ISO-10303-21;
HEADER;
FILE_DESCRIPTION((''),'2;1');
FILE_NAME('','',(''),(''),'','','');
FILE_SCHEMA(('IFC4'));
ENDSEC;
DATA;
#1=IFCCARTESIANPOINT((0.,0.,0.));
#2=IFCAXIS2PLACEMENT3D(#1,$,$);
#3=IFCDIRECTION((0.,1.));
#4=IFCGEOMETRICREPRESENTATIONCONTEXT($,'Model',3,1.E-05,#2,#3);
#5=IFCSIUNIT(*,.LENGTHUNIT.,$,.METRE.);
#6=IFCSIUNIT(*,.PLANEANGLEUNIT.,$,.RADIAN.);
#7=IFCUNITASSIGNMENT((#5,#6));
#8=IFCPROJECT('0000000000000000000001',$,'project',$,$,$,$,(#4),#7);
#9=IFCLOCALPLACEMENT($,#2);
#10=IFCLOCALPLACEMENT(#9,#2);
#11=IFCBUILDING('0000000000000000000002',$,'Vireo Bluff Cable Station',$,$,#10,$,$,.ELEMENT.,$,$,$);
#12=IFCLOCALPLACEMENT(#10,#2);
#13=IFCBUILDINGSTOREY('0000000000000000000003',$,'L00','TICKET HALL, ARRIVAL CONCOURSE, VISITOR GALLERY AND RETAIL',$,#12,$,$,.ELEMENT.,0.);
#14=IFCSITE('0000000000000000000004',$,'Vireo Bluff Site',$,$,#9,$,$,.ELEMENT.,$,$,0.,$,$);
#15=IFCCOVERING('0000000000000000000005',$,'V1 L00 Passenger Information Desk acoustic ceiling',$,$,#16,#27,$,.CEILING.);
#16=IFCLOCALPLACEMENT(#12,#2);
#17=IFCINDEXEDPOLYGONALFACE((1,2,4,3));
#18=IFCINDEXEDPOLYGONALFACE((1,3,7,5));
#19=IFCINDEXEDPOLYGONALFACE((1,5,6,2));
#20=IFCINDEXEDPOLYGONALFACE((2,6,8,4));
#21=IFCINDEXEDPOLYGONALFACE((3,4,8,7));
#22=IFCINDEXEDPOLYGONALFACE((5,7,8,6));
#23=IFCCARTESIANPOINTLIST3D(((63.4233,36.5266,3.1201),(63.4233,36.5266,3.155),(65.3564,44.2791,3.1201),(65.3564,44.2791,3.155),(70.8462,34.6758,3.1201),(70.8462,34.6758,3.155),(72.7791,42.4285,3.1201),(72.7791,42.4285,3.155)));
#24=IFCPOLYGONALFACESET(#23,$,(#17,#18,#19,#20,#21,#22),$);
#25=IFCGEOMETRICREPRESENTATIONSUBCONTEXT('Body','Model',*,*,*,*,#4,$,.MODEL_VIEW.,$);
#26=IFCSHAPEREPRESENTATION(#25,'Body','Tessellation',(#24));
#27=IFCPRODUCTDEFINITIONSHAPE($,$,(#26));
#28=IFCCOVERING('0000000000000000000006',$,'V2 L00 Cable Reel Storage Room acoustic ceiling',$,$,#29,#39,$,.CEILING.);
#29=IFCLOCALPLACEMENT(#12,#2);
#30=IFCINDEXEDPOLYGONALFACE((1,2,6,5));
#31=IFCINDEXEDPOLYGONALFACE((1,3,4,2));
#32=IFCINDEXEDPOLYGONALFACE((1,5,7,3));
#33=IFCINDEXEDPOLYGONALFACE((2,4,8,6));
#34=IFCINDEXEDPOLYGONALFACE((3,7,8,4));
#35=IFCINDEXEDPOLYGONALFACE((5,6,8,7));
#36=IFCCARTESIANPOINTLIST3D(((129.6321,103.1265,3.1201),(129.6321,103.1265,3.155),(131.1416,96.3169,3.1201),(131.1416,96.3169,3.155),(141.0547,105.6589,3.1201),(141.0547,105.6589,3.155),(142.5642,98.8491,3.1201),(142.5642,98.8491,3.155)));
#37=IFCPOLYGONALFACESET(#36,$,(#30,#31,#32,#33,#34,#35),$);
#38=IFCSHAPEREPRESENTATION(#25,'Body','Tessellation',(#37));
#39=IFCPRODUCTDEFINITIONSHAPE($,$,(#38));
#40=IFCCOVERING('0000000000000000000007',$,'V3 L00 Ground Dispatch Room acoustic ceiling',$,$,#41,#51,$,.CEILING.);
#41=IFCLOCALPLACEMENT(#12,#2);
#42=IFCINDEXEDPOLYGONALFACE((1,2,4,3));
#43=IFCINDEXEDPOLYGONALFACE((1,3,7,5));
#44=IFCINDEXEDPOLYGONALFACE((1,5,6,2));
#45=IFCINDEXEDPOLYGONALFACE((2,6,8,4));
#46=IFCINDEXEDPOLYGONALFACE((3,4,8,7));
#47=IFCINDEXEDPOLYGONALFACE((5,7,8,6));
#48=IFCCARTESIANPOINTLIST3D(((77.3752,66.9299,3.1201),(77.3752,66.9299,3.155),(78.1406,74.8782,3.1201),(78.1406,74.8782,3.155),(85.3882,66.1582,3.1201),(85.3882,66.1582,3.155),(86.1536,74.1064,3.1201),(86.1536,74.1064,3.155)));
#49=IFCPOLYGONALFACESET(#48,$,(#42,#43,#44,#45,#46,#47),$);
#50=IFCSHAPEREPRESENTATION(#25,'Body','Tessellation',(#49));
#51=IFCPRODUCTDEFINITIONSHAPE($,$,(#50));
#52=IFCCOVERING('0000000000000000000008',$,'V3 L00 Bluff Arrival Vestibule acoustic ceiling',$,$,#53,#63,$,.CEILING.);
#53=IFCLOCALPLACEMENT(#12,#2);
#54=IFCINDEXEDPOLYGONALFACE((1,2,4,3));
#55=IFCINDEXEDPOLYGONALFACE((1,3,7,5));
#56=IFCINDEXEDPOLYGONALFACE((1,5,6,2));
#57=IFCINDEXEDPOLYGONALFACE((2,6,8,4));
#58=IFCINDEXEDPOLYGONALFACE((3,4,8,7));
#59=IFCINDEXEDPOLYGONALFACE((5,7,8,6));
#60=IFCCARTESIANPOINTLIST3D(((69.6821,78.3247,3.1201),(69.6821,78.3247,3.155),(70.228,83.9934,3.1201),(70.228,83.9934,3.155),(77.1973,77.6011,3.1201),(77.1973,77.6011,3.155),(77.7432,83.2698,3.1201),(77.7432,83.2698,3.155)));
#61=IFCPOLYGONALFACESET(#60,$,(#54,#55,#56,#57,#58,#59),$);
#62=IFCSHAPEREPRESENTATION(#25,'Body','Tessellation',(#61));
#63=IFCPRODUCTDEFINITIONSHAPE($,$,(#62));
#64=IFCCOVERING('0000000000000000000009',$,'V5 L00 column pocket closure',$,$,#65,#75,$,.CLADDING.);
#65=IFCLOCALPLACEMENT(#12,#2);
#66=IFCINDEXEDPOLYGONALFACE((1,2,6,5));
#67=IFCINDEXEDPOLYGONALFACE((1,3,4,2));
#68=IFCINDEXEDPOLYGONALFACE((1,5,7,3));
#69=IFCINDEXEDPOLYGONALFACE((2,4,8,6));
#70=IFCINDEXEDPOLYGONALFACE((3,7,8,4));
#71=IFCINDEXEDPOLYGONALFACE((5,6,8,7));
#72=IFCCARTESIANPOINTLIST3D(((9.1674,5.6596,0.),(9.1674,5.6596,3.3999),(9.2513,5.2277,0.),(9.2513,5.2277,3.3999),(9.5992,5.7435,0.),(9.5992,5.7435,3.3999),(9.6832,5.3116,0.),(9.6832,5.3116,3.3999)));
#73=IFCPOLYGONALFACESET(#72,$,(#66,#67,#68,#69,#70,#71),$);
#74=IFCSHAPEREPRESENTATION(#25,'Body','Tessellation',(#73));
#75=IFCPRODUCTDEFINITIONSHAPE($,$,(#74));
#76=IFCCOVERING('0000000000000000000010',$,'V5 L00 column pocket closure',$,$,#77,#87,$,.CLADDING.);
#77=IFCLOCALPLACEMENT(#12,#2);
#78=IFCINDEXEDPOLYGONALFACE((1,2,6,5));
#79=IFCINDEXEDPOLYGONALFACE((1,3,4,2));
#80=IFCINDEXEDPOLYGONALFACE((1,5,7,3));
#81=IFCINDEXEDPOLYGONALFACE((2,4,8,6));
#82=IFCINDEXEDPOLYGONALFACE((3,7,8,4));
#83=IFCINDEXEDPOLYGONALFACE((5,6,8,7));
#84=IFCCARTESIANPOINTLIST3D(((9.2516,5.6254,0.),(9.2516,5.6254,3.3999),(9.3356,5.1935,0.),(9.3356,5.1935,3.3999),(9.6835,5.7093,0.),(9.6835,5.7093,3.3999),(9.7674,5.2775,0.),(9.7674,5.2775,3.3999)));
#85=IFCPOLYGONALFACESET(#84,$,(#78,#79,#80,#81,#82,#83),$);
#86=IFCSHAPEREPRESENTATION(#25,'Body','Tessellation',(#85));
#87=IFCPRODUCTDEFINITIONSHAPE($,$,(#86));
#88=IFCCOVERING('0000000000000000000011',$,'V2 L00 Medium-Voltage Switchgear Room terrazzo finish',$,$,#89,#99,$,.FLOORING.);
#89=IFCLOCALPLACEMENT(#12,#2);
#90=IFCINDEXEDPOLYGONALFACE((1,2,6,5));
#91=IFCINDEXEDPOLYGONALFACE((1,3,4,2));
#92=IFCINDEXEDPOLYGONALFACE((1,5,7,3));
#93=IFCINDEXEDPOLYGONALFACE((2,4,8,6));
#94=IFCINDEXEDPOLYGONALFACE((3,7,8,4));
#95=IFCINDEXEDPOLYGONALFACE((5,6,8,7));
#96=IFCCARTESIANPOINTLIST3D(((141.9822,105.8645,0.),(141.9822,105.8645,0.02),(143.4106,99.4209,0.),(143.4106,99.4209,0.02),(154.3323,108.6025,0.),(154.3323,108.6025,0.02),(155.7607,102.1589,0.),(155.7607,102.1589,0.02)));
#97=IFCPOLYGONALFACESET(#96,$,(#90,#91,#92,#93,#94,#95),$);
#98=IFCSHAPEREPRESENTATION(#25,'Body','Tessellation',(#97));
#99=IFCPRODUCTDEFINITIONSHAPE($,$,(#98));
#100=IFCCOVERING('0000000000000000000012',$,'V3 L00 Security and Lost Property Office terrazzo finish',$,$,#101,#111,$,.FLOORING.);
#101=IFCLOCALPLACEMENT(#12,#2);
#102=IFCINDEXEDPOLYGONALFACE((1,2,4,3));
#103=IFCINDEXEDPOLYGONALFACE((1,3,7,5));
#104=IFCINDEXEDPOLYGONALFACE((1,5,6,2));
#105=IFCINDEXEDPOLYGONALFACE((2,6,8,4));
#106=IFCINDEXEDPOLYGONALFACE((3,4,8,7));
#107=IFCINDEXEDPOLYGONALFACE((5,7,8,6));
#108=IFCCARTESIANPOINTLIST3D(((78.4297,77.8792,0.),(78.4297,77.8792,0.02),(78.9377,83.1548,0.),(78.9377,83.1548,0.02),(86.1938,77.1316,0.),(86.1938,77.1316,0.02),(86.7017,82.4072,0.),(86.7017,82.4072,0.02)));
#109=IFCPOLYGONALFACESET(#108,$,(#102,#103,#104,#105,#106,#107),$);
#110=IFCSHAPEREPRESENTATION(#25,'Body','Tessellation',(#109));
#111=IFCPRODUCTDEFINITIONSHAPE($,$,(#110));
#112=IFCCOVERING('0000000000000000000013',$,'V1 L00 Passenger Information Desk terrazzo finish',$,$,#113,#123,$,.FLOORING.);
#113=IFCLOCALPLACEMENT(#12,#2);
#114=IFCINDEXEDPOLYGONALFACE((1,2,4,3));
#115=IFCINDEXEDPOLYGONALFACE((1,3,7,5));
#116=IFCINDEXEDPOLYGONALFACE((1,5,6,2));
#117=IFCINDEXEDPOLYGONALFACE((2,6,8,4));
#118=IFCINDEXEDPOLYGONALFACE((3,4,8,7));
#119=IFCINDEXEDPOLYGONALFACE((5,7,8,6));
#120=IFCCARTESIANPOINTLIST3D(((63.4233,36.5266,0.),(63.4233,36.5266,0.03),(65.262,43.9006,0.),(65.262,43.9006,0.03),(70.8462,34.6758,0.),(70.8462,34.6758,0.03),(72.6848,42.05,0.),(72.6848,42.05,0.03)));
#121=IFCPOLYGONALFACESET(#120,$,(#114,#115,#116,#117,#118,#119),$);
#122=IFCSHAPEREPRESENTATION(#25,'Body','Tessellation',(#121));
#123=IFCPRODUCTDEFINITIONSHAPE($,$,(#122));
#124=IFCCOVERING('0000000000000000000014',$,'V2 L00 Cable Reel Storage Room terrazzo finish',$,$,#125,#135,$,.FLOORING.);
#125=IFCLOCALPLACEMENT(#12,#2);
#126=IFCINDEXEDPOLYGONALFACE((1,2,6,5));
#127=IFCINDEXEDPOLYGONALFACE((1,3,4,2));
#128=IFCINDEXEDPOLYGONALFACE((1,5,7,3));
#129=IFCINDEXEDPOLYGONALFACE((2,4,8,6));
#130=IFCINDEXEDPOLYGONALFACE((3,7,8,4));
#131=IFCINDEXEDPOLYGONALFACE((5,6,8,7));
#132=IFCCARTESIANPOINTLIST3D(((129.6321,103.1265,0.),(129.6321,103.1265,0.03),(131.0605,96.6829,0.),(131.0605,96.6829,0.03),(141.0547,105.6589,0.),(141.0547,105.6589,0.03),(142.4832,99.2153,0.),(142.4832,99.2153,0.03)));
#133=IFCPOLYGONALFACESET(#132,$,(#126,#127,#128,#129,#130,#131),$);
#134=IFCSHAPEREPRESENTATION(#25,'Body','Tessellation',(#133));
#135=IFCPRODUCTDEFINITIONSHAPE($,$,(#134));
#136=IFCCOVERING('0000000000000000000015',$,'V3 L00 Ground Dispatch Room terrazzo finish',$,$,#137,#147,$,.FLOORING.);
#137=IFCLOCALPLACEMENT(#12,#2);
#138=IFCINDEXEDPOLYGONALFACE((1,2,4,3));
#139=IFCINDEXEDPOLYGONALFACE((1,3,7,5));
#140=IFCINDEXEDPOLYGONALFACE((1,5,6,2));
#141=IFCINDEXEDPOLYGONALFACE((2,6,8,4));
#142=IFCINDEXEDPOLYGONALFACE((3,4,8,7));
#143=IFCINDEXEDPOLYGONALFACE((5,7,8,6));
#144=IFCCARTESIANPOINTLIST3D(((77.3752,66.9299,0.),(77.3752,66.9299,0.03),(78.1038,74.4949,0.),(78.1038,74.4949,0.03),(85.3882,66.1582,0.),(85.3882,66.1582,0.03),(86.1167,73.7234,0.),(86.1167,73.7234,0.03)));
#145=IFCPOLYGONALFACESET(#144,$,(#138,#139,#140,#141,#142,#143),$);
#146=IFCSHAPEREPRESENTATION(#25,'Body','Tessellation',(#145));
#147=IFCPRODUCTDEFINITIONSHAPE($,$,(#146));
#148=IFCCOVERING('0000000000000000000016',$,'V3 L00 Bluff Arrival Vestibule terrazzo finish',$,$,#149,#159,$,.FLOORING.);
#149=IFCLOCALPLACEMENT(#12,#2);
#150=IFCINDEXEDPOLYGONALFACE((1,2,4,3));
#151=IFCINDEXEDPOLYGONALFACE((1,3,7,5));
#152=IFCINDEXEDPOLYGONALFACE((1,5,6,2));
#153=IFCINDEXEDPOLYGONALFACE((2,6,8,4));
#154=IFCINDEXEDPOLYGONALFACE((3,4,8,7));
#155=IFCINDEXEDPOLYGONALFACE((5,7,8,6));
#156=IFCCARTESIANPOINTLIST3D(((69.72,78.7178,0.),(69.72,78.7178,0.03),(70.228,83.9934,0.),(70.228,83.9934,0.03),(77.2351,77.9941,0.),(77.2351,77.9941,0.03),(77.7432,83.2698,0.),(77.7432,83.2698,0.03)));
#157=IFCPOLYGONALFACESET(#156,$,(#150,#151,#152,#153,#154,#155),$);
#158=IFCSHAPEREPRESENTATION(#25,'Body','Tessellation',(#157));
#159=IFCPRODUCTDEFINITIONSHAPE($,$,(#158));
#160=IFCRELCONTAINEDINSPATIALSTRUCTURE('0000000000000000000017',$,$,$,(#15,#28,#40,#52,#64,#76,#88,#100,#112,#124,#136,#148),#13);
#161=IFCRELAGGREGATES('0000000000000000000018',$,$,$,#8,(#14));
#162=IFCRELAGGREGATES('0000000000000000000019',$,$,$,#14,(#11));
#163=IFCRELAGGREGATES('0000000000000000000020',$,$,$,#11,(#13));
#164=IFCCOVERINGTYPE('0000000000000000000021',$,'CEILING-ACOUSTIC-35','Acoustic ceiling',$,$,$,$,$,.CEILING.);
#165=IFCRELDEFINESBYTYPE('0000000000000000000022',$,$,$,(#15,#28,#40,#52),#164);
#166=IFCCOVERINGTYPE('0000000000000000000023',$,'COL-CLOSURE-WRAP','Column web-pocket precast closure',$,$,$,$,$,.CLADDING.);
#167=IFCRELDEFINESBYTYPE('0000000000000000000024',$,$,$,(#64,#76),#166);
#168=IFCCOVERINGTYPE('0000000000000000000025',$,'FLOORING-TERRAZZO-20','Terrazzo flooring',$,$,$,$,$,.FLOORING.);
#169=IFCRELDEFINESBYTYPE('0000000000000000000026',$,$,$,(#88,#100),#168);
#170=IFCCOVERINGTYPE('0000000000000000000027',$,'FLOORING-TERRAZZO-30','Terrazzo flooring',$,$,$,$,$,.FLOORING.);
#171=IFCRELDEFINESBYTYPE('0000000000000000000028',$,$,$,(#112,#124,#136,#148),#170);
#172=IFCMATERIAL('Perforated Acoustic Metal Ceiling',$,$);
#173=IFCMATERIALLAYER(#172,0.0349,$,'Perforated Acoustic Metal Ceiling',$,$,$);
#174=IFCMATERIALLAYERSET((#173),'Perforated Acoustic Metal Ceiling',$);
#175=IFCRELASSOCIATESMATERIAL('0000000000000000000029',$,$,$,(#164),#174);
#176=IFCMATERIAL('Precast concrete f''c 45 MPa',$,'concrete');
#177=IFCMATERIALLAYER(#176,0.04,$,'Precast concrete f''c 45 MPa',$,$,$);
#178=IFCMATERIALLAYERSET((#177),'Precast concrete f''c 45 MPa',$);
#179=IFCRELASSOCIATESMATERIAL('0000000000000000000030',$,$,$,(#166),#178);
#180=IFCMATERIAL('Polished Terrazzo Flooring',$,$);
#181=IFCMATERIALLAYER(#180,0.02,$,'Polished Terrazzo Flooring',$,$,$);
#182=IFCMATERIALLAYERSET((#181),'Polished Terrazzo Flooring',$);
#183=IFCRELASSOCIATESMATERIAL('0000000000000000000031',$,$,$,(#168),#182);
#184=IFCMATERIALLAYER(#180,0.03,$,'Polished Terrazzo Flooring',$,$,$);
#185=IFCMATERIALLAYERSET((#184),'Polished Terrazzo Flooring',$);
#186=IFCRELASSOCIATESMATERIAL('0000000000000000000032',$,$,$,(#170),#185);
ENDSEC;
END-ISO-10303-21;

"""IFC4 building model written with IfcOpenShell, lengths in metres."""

from ifc_helpers import new_model, si_unit, direction, frame, origin, origin_2d, place, context, subcontext, project, spatial, polyline, rectangle, outline, extrude, material, layer, layer_set, type_object, element, save


model = new_model("IFC4")

# Units and contexts
model_context = context("Model", 3, precision=1e-05, world=origin(), true_north=direction((0.0, 1.0)))
body_context = subcontext(model_context, "Body", "Model", "MODEL_VIEW")
ifc_project = project(units=[si_unit("LENGTHUNIT", "METRE"), si_unit("PLANEANGLEUNIT", "RADIAN")], contexts=[model_context])

# Site, building, storey
site_placement = place(None, origin())
site = spatial("IfcSite", under=ifc_project, at=site_placement, Name="Vireo Bluff Site", CompositionType="ELEMENT", RefElevation=0.0)
building_placement = place(site_placement, origin())
building = spatial("IfcBuilding", under=site, at=building_placement, Name="Vireo Bluff Cable Station", CompositionType="ELEMENT")
storey_placement = place(building_placement, origin())
storey = spatial("IfcBuildingStorey", under=building, at=storey_placement, Name="L00", Description="TICKET HALL, ARRIVAL CONCOURSE, VISITOR GALLERY AND RETAIL", CompositionType="ELEMENT", Elevation=0.0)

# Shared definitions
ifc_material_1 = material(Name="Precast concrete f'c 45 MPa", Category="concrete")

# Coverings
ifc_material_2 = material(Name="Perforated Acoustic Metal Ceiling")
ifc_layer_1 = layer(ifc_material_2, 0.0349, Name="Perforated Acoustic Metal Ceiling")
ifc_layer_set_1 = layer_set([ifc_layer_1], Name="Perforated Acoustic Metal Ceiling")
covering_type_1 = type_object("IfcCoveringType", Name="CEILING-ACOUSTIC-35", Description="Acoustic ceiling", PredefinedType="CEILING", material=ifc_layer_set_1)
covering_1_placement = place(storey_placement, frame((0.0, 0.0, 3.1201)))
element("IfcCovering", 1, at=covering_1_placement, inside=storey, type_object=covering_type_1, Name="V1 L00 Passenger Information Desk acoustic ceiling", PredefinedType="CEILING", context=body_context, shape_type="SweptSolid", body=[
    extrude(outline(polyline([(63.4233, 36.5266), (70.8462, 34.6758), (72.7791, 42.4285), (65.3564, 44.2791), (63.4233, 36.5266)])), origin(), (0.0, 0.0, 1.0), 0.0349),
])
covering_2_placement = place(storey_placement, frame((0.0, 0.0, 3.1201)))
element("IfcCovering", 2, at=covering_2_placement, inside=storey, type_object=covering_type_1, Name="V2 L00 Cable Reel Storage Room acoustic ceiling", PredefinedType="CEILING", context=body_context, shape_type="SweptSolid", body=[
    extrude(outline(polyline([(131.1416, 96.3169), (142.5642, 98.8491), (141.0547, 105.6589), (129.6321, 103.1265), (131.1416, 96.3169)])), origin(), (0.0, 0.0, 1.0), 0.0349),
])
covering_3_placement = place(storey_placement, frame((0.0, 0.0, 3.1201)))
element("IfcCovering", 3, at=covering_3_placement, inside=storey, type_object=covering_type_1, Name="V3 L00 Ground Dispatch Room acoustic ceiling", PredefinedType="CEILING", context=body_context, shape_type="SweptSolid", body=[
    extrude(outline(polyline([(77.3752, 66.9299), (85.3882, 66.1582), (86.1536, 74.1064), (78.1406, 74.8782), (77.3752, 66.9299)])), origin(), (0.0, 0.0, 1.0), 0.0349),
])
covering_4_placement = place(storey_placement, frame((0.0, 0.0, 3.1201)))
element("IfcCovering", 4, at=covering_4_placement, inside=storey, type_object=covering_type_1, Name="V3 L00 Bluff Arrival Vestibule acoustic ceiling", PredefinedType="CEILING", context=body_context, shape_type="SweptSolid", body=[
    extrude(outline(polyline([(69.6821, 78.3247), (77.1973, 77.6011), (77.7432, 83.2698), (70.228, 83.9934), (69.6821, 78.3247)])), origin(), (0.0, 0.0, 1.0), 0.0349),
])
ifc_layer_2 = layer(ifc_material_1, 0.04, Name="Precast concrete f'c 45 MPa")
ifc_layer_set_2 = layer_set([ifc_layer_2], Name="Precast concrete f'c 45 MPa")
covering_type_2 = type_object("IfcCoveringType", Name="COL-CLOSURE-WRAP", Description="Column web-pocket precast closure", PredefinedType="CLADDING", material=ifc_layer_set_2)
for number, where, z_axis, x_axis, name in (
    (5, (9.4253, 5.4856, 0.0), (0.0, 0.0, 1.0), (0.981627, 0.190809, 0.0), "V5 L00 column pocket closure"),
    (6, (9.5095, 5.4514, 0.0), (0.0, 0.0, 1.0), (0.981627, 0.190809, 0.0), "V5 L00 column pocket closure"),
):
    element("IfcCovering", number, at=place(storey_placement, frame(where, z_axis=z_axis, x_axis=x_axis)), inside=storey, type_object=covering_type_2, Name=name, PredefinedType="CLADDING", context=body_context, shape_type="SweptSolid", body=[
        extrude(rectangle(XDim=0.4399, YDim=0.4399, at=origin_2d()), origin(), (0.0, 0.0, 1.0), 3.3999),
    ])
ifc_material_3 = material(Name="Polished Terrazzo Flooring")
ifc_layer_3 = layer(ifc_material_3, 0.02, Name="Polished Terrazzo Flooring")
ifc_layer_set_3 = layer_set([ifc_layer_3], Name="Polished Terrazzo Flooring")
covering_type_3 = type_object("IfcCoveringType", Name="FLOORING-TERRAZZO-20", Description="Terrazzo flooring", PredefinedType="FLOORING", material=ifc_layer_set_3)
covering_5_placement = place(storey_placement, origin())
element("IfcCovering", 7, at=covering_5_placement, inside=storey, type_object=covering_type_3, Name="V2 L00 Medium-Voltage Switchgear Room terrazzo finish", PredefinedType="FLOORING", context=body_context, shape_type="SweptSolid", body=[
    extrude(outline(polyline([(143.4106, 99.4209), (155.7607, 102.1589), (154.3323, 108.6025), (141.9822, 105.8645), (143.4106, 99.4209)])), origin(), (0.0, 0.0, 1.0), 0.02),
])
covering_6_placement = place(storey_placement, origin())
element("IfcCovering", 8, at=covering_6_placement, inside=storey, type_object=covering_type_3, Name="V3 L00 Security and Lost Property Office terrazzo finish", PredefinedType="FLOORING", context=body_context, shape_type="SweptSolid", body=[
    extrude(outline(polyline([(78.4297, 77.8792), (86.1938, 77.1316), (86.7017, 82.4072), (78.9377, 83.1548), (78.4297, 77.8792)])), origin(), (0.0, 0.0, 1.0), 0.02),
])
ifc_layer_4 = layer(ifc_material_3, 0.03, Name="Polished Terrazzo Flooring")
ifc_layer_set_4 = layer_set([ifc_layer_4], Name="Polished Terrazzo Flooring")
covering_type_4 = type_object("IfcCoveringType", Name="FLOORING-TERRAZZO-30", Description="Terrazzo flooring", PredefinedType="FLOORING", material=ifc_layer_set_4)
covering_7_placement = place(storey_placement, origin())
element("IfcCovering", 9, at=covering_7_placement, inside=storey, type_object=covering_type_4, Name="V1 L00 Passenger Information Desk terrazzo finish", PredefinedType="FLOORING", context=body_context, shape_type="SweptSolid", body=[
    extrude(outline(polyline([(63.4233, 36.5266), (70.8462, 34.6758), (72.6848, 42.05), (65.262, 43.9006), (63.4233, 36.5266)])), origin(), (0.0, 0.0, 1.0), 0.03),
])
covering_8_placement = place(storey_placement, origin())
element("IfcCovering", 10, at=covering_8_placement, inside=storey, type_object=covering_type_4, Name="V2 L00 Cable Reel Storage Room terrazzo finish", PredefinedType="FLOORING", context=body_context, shape_type="SweptSolid", body=[
    extrude(outline(polyline([(131.0605, 96.6829), (142.4832, 99.2153), (141.0547, 105.6589), (129.6321, 103.1265), (131.0605, 96.6829)])), origin(), (0.0, 0.0, 1.0), 0.03),
])
covering_9_placement = place(storey_placement, origin())
element("IfcCovering", 11, at=covering_9_placement, inside=storey, type_object=covering_type_4, Name="V3 L00 Ground Dispatch Room terrazzo finish", PredefinedType="FLOORING", context=body_context, shape_type="SweptSolid", body=[
    extrude(outline(polyline([(77.3752, 66.9299), (85.3882, 66.1582), (86.1167, 73.7234), (78.1038, 74.4949), (77.3752, 66.9299)])), origin(), (0.0, 0.0, 1.0), 0.03),
])
covering_10_placement = place(storey_placement, origin())
element("IfcCovering", 12, at=covering_10_placement, inside=storey, type_object=covering_type_4, Name="V3 L00 Bluff Arrival Vestibule terrazzo finish", PredefinedType="FLOORING", context=body_context, shape_type="SweptSolid", body=[
    extrude(outline(polyline([(69.72, 78.7178), (77.2351, 77.9941), (77.7432, 83.2698), (70.228, 83.9934), (69.72, 78.7178)])), origin(), (0.0, 0.0, 1.0), 0.03),
])

save(model, "model.ifc")
